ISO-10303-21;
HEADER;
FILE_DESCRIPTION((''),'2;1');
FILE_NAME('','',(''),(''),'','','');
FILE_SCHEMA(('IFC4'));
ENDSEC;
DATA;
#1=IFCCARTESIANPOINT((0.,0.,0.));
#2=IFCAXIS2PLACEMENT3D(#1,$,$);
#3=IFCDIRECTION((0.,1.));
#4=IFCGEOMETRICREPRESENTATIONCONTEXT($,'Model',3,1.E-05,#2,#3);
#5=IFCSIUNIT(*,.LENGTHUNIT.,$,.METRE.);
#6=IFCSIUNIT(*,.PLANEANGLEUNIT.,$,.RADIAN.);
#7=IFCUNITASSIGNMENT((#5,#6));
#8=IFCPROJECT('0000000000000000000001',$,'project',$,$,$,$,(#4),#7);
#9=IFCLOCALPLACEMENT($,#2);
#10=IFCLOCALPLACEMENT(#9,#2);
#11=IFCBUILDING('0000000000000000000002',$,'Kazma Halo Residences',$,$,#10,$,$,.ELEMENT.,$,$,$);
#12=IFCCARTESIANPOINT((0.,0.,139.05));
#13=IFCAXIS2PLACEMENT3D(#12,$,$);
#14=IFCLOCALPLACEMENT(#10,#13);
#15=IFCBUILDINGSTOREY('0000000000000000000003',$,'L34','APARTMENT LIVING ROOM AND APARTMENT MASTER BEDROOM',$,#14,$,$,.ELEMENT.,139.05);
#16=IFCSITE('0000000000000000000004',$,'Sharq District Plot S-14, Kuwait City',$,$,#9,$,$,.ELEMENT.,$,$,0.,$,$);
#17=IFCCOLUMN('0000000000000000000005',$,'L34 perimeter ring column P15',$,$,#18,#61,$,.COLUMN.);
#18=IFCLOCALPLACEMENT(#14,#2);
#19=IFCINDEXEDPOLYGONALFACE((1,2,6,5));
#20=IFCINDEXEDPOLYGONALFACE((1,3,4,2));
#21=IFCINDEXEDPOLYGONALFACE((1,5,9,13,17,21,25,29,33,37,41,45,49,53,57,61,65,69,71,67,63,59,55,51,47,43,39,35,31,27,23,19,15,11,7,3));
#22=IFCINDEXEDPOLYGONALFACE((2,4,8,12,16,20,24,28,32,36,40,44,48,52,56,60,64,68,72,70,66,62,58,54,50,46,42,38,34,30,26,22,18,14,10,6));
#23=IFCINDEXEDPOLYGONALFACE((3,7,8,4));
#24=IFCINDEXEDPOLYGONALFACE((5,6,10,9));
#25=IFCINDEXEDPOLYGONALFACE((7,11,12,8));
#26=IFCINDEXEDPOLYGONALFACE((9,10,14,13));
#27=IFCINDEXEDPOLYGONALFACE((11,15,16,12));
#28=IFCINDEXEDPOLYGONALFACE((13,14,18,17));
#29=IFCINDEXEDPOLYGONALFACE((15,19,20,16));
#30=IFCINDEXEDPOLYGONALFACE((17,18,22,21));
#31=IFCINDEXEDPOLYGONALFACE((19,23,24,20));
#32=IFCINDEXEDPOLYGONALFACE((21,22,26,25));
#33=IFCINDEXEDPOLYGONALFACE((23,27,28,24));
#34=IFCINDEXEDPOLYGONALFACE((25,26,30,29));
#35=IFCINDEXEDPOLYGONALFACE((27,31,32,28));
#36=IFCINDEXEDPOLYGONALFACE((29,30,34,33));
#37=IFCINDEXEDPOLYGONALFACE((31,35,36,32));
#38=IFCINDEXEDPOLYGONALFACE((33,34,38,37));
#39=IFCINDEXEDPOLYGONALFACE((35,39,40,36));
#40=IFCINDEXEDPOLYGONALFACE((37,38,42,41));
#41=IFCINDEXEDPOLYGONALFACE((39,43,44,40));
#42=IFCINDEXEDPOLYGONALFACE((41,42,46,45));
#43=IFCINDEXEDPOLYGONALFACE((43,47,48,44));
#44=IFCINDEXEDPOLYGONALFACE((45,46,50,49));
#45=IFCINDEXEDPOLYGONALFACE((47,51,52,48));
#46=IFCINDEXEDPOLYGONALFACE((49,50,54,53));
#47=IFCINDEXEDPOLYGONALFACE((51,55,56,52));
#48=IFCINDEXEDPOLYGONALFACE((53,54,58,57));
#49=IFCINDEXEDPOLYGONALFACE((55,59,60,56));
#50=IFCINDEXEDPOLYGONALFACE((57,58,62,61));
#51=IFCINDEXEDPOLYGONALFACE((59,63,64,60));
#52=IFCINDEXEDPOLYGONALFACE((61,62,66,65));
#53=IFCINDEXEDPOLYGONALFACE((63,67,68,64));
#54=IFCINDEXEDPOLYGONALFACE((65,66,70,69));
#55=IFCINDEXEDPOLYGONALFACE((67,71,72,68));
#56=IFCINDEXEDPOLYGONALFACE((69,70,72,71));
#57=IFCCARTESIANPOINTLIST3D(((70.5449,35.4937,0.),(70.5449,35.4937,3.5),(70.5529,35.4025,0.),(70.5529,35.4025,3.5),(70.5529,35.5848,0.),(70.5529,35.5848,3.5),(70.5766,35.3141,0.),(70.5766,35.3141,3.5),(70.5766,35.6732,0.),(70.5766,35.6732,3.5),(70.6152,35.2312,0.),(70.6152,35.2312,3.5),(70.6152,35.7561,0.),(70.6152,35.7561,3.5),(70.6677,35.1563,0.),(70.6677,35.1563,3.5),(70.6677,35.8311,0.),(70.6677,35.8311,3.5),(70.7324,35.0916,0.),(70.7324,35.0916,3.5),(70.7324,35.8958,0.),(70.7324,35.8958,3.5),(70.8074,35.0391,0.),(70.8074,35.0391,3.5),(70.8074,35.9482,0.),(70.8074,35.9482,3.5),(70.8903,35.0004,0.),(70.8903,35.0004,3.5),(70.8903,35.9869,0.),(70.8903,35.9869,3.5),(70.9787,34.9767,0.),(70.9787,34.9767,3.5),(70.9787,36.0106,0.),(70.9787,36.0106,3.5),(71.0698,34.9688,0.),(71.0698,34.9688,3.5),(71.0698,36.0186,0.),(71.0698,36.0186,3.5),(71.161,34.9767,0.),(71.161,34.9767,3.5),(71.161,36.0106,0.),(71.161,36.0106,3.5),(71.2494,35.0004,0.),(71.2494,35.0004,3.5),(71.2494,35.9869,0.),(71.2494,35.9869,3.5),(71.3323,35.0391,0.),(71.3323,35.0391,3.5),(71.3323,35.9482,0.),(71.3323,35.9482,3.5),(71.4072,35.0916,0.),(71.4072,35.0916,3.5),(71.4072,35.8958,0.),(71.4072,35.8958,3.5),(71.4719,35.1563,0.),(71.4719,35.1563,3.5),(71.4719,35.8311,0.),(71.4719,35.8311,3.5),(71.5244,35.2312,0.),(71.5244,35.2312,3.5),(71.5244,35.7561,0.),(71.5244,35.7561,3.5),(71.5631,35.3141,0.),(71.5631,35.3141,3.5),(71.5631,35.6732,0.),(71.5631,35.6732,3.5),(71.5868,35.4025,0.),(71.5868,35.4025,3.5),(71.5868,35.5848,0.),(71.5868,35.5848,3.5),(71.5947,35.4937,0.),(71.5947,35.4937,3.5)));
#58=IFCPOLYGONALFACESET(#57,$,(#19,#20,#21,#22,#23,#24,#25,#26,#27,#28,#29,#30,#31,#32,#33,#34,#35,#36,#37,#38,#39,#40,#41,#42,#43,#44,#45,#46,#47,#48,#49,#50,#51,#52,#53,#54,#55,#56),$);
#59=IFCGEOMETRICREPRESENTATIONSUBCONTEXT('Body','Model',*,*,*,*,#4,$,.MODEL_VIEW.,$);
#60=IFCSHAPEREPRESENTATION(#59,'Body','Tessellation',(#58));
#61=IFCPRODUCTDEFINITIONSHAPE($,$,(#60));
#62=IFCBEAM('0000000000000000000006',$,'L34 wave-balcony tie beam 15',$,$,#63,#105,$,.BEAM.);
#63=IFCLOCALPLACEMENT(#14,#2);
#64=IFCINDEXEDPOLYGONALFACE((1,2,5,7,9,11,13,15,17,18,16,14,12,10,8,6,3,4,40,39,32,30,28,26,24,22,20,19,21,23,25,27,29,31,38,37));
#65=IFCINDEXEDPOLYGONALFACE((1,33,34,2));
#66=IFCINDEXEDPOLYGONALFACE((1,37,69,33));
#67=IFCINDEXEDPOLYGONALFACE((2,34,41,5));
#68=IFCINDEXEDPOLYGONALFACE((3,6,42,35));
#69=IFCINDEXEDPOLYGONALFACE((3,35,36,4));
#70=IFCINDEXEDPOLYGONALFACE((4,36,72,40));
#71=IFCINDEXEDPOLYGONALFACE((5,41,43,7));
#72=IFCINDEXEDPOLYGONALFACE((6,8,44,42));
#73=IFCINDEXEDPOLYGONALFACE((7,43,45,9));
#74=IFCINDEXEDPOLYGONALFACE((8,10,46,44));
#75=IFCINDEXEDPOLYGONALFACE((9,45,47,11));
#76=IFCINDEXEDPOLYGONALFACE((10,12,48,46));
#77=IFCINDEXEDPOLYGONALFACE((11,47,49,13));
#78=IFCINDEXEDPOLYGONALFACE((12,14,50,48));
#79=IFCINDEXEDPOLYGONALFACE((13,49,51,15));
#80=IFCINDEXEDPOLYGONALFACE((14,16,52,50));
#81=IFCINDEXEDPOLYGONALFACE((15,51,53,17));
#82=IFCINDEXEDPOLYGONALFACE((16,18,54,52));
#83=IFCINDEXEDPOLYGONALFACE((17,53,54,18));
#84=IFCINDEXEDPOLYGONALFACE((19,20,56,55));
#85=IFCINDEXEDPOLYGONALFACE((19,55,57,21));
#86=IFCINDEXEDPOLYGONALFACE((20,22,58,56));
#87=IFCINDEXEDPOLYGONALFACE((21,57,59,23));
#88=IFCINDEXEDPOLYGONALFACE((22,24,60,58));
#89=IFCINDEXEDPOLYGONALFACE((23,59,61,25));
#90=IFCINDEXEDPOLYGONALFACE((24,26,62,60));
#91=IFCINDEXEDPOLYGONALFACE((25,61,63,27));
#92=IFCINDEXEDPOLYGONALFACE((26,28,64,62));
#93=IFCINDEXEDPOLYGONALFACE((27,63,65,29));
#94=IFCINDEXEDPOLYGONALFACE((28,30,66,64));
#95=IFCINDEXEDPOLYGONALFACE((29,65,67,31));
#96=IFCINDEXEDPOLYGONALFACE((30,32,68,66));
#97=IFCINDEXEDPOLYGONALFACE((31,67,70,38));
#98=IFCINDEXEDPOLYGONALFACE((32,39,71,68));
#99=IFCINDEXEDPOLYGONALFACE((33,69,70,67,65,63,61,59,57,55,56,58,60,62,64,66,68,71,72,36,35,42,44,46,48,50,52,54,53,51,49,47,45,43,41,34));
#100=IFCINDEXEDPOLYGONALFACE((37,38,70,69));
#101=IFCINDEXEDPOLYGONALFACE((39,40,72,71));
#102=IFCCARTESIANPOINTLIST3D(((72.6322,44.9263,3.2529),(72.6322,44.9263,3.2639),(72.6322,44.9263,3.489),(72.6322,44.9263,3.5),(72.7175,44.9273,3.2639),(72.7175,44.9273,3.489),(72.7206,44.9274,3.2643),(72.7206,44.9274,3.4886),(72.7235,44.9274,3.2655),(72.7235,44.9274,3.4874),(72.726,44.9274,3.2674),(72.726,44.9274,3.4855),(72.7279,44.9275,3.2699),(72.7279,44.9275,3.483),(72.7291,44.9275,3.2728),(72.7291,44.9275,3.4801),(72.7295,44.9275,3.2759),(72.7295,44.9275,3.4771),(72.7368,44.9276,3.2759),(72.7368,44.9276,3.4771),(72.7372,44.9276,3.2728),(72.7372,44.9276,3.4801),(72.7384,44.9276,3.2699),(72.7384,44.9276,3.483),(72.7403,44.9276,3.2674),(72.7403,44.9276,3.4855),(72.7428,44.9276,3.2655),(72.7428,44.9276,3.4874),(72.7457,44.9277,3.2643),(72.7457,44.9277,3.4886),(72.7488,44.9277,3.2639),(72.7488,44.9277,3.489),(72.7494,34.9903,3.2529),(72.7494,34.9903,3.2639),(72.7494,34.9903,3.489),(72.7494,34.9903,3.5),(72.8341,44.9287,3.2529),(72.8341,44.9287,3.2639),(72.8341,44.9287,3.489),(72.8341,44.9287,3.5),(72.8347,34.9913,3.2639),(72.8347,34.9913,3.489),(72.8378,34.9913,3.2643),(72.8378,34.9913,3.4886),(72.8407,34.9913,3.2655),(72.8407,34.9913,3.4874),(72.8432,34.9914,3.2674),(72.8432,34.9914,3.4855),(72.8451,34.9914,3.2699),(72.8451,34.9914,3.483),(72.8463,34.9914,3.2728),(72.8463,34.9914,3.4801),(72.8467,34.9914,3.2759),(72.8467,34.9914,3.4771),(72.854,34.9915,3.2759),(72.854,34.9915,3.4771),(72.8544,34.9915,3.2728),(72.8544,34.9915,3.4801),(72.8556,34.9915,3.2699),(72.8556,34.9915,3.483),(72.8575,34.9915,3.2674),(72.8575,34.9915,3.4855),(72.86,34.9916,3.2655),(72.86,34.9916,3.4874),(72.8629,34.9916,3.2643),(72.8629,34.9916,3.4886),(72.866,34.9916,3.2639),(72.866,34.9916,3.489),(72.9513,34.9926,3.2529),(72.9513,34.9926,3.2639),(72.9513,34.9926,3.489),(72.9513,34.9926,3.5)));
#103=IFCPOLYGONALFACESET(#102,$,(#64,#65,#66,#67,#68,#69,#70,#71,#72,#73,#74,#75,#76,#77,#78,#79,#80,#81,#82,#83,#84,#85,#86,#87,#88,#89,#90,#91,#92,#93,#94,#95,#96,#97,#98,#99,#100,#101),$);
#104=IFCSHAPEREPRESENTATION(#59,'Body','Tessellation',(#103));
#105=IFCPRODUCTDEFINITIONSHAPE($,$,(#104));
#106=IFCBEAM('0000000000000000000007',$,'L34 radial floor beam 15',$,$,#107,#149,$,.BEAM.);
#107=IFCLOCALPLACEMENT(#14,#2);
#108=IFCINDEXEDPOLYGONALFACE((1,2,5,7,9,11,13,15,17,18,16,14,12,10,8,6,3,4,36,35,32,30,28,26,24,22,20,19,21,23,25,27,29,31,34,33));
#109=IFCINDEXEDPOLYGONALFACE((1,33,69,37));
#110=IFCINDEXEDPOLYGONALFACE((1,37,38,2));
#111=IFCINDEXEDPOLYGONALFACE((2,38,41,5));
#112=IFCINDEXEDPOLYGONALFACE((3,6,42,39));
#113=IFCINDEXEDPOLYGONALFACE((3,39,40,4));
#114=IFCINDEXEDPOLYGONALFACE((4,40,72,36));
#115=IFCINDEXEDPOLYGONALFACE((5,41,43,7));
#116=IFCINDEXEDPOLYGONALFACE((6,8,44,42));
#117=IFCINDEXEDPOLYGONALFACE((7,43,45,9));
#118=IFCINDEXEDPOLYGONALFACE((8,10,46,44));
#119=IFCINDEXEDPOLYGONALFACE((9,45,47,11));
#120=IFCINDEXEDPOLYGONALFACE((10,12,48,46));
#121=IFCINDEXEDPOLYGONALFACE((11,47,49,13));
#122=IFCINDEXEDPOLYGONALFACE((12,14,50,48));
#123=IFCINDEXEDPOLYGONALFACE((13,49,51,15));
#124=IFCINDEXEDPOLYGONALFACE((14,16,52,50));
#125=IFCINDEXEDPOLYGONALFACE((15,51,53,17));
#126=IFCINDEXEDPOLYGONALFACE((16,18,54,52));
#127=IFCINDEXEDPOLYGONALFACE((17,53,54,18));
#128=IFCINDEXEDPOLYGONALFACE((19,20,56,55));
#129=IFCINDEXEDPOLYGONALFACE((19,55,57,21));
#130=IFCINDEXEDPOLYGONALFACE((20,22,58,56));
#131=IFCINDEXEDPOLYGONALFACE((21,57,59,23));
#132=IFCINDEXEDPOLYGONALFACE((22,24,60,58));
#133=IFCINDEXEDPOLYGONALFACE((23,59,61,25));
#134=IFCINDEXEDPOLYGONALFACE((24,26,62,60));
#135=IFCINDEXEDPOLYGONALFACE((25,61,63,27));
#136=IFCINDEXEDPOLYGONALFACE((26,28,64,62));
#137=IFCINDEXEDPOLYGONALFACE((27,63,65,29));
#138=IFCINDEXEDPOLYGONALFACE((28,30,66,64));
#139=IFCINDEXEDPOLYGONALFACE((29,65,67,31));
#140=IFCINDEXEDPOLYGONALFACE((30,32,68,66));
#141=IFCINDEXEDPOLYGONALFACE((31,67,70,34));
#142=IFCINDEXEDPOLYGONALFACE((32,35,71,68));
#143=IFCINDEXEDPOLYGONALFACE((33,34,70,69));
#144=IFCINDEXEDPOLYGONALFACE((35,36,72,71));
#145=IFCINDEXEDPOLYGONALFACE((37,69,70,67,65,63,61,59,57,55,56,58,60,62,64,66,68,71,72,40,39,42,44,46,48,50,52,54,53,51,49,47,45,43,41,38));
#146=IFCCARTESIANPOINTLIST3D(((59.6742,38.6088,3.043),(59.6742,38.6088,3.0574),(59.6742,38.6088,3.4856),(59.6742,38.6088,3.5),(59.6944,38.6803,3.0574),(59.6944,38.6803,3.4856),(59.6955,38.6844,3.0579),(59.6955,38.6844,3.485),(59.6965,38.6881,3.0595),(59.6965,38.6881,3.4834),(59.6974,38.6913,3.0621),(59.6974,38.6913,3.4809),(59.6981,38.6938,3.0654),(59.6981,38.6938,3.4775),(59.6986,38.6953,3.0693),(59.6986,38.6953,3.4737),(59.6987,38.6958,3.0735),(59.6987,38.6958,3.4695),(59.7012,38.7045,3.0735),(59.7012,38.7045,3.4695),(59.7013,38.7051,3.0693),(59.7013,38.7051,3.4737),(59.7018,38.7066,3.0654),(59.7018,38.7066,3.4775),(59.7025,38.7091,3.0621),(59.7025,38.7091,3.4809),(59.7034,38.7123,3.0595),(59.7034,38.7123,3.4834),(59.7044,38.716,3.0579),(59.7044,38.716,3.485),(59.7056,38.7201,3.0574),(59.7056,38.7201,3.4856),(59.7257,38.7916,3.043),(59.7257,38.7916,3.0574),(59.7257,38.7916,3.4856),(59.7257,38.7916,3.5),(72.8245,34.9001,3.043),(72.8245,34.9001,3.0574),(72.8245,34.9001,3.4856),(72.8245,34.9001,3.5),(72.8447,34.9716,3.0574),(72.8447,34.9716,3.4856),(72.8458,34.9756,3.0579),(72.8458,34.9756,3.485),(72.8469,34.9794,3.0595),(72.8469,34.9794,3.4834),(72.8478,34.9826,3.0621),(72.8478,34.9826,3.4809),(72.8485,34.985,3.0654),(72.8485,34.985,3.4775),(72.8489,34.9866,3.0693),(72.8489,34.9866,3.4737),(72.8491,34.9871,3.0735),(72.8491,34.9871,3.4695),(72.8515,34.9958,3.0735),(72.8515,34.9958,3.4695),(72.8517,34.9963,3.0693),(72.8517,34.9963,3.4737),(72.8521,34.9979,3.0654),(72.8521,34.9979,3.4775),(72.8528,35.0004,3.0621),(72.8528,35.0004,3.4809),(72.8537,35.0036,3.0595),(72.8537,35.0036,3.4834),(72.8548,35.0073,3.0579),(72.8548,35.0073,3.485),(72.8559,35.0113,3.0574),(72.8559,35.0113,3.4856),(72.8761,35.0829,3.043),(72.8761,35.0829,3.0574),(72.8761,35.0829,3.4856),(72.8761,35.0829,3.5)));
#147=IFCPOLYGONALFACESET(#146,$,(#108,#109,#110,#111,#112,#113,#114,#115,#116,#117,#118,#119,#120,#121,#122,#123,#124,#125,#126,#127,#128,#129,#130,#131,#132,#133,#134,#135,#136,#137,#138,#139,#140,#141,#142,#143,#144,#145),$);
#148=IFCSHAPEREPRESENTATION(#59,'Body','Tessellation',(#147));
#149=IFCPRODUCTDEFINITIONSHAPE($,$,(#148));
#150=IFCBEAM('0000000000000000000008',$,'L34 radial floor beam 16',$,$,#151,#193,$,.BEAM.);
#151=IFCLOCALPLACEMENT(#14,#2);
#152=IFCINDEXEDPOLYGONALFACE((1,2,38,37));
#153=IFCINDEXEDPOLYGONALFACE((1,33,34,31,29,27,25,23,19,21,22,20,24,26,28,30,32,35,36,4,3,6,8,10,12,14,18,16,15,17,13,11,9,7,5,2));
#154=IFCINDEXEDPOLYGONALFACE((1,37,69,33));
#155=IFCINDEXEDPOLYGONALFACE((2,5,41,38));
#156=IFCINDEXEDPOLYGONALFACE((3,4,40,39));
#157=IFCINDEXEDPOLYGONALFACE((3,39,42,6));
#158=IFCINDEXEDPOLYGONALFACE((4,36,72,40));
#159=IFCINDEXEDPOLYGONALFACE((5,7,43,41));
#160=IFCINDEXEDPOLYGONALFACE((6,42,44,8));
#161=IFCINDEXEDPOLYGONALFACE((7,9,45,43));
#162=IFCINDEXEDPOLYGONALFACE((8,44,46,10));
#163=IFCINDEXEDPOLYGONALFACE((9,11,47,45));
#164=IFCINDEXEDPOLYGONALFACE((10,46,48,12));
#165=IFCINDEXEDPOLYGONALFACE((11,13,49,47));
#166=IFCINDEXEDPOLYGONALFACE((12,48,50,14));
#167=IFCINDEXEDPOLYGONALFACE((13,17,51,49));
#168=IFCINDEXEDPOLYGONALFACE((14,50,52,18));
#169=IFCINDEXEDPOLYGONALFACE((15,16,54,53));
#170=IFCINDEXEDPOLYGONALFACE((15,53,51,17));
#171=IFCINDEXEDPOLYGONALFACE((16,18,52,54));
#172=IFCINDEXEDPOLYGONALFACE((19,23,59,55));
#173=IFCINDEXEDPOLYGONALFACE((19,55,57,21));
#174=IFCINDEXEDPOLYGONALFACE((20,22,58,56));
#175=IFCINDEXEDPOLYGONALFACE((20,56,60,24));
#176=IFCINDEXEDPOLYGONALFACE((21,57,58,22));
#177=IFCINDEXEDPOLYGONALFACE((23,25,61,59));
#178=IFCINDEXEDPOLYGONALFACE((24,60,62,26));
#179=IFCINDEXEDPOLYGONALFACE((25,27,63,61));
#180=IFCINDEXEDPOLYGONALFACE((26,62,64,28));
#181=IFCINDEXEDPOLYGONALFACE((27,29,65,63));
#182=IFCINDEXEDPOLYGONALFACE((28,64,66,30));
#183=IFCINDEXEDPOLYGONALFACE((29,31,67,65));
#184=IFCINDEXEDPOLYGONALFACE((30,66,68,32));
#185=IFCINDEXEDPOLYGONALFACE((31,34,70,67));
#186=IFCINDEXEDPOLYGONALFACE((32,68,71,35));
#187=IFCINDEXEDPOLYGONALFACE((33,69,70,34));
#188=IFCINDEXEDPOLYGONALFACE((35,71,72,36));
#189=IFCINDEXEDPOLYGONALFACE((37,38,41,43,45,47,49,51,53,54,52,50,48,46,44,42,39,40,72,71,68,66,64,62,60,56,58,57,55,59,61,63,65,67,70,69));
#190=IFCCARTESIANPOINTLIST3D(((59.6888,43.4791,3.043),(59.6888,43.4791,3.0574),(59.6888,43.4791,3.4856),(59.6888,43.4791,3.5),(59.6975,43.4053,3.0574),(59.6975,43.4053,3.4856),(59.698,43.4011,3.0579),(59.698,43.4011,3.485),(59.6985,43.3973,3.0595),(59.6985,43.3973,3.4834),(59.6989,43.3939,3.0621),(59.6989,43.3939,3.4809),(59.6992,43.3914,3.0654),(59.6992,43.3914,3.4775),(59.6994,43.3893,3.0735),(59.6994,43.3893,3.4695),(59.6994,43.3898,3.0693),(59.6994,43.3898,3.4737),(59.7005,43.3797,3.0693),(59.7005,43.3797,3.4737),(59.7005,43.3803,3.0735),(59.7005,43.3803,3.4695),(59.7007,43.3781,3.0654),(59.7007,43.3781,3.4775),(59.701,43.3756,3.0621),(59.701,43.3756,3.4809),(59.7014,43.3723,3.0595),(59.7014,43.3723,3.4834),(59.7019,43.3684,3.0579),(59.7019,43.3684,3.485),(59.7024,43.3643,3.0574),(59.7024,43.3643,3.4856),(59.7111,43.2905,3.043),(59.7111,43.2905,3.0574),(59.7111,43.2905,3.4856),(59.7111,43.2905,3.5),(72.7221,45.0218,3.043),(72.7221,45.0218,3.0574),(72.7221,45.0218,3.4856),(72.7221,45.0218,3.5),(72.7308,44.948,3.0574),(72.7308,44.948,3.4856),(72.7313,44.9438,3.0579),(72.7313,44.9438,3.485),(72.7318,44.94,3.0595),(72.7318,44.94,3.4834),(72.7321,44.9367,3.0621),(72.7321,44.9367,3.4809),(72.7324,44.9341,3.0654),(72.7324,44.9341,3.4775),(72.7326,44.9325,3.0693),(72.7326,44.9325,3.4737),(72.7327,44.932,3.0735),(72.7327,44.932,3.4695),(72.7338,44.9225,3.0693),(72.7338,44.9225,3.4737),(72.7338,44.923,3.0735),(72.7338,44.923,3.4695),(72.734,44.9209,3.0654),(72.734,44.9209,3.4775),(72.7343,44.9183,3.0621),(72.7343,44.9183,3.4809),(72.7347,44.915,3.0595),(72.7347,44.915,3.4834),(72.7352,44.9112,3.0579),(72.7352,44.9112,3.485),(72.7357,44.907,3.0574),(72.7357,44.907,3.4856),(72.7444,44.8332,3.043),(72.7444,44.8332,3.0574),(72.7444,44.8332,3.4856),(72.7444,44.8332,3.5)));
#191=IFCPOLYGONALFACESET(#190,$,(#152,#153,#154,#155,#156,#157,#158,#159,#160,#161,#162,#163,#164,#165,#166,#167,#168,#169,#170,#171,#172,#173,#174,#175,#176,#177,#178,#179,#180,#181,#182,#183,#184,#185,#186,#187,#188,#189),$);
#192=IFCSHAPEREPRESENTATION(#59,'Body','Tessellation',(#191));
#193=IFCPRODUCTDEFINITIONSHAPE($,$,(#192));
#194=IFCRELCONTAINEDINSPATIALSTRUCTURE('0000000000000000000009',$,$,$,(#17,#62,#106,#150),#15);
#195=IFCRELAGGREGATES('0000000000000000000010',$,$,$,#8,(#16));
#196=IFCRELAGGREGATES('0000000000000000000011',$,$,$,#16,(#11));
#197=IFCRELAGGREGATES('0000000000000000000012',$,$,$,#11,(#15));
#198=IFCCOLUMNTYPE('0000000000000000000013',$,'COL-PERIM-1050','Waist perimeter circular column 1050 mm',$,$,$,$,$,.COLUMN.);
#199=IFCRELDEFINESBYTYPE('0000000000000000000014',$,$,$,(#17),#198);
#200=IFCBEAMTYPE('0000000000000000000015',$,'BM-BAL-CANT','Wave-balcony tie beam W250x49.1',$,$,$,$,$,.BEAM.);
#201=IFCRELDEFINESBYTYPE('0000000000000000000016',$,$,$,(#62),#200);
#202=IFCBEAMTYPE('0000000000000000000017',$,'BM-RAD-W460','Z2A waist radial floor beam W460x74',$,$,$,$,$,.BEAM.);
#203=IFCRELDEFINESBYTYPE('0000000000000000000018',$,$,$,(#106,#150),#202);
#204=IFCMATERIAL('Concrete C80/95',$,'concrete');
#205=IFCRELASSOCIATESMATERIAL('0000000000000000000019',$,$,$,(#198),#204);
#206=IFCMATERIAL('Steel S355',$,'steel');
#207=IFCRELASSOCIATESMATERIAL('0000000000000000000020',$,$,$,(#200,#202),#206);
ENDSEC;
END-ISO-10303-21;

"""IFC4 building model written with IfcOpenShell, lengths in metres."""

from ifc_helpers import new_model, si_unit, direction, frame, origin, origin_2d, place, context, subcontext, project, spatial, circle, i_section, extrude, material, material_profile, profile_set, type_object, element, save


model = new_model("IFC4")

# Units and contexts
model_context = context("Model", 3, precision=1e-05, world=origin(), true_north=direction((0.0, 1.0)))
body_context = subcontext(model_context, "Body", "Model", "MODEL_VIEW")
ifc_project = project(units=[si_unit("LENGTHUNIT", "METRE"), si_unit("PLANEANGLEUNIT", "RADIAN")], contexts=[model_context])

# Site, building, storey
site_placement = place(None, origin())
site = spatial("IfcSite", under=ifc_project, at=site_placement, Name="Sharq District Plot S-14, Kuwait City", CompositionType="ELEMENT", RefElevation=0.0)
building_placement = place(site_placement, origin())
building = spatial("IfcBuilding", under=site, at=building_placement, Name="Kazma Halo Residences", CompositionType="ELEMENT")
storey_placement = place(building_placement, frame((0.0, 0.0, 139.05)))
storey = spatial("IfcBuildingStorey", under=building, at=storey_placement, Name="L34", Description="APARTMENT LIVING ROOM AND APARTMENT MASTER BEDROOM", CompositionType="ELEMENT", Elevation=139.05)

# Column
ifc_material_1 = material(Name="Concrete C80/95", Category="concrete")
ifc_material_profile_1 = material_profile(ifc_material_1, circle(Radius=0.5249, at=origin_2d()), Name="CIRC1050")
ifc_profile_set_1 = profile_set([ifc_material_profile_1], Name="Concrete C80/95")
column_type = type_object("IfcColumnType", Name="COL-PERIM-1050", Description="Waist perimeter circular column 1050 mm", PredefinedType="COLUMN", material=ifc_profile_set_1)
column_placement = place(storey_placement, frame((71.0698, 35.4937, 0.0), z_axis=(0.0, 0.0, 1.0), x_axis=(1.0, 0.0, 0.0)))
element("IfcColumn", 1, at=column_placement, inside=storey, type_object=column_type, Name="L34 perimeter ring column P15", PredefinedType="COLUMN", context=body_context, shape_type="SweptSolid", body=[
    extrude(circle(Radius=0.5249, at=origin_2d()), origin(), (0.0, 0.0, 1.0), 3.5),
])

# Beams
ifc_material_2 = material(Name="Steel S355", Category="steel")
ifc_material_profile_2 = material_profile(ifc_material_2, i_section(OverallWidth=0.2019, OverallDepth=0.2471, WebThickness=0.0073, FlangeThickness=0.011, FilletRadius=0.012, at=origin_2d()), Name="W250x49.1")
ifc_profile_set_2 = profile_set([ifc_material_profile_2], Name="Steel S355")
beam_type_1 = type_object("IfcBeamType", Name="BM-BAL-CANT", Description="Wave-balcony tie beam W250x49.1", PredefinedType="BEAM", material=ifc_profile_set_2)
beam_1_placement = place(storey_placement, frame((72.8503, 34.9915, 3.3765), z_axis=(-0.011793, 0.99993, 0.0), x_axis=(-0.99993, -0.011793, 0.0)))
element("IfcBeam", 2, at=beam_1_placement, inside=storey, type_object=beam_type_1, Name="L34 wave-balcony tie beam 15", PredefinedType="BEAM", context=body_context, shape_type="SweptSolid", body=[
    extrude(i_section(OverallWidth=0.2019, OverallDepth=0.2471, WebThickness=0.0073, FlangeThickness=0.011, FilletRadius=0.012, at=origin_2d()), origin(), (0.0, 0.0, 1.0), 9.9368),
])
ifc_material_profile_3 = material_profile(ifc_material_2, i_section(OverallWidth=0.1899, OverallDepth=0.457, WebThickness=0.009, FlangeThickness=0.0144, FilletRadius=0.0161, at=origin_2d()), Name="W460x74")
ifc_profile_set_3 = profile_set([ifc_material_profile_3], Name="Steel S355")
beam_type_2 = type_object("IfcBeamType", Name="BM-RAD-W460", Description="Z2A waist radial floor beam W460x74", PredefinedType="BEAM", material=ifc_profile_set_3)
beam_2_placement = place(storey_placement, frame((59.7, 38.7002, 3.2715), z_axis=(0.962456, -0.271437, 0.0), x_axis=(0.271437, 0.962456, 0.0)))
element("IfcBeam", 3, at=beam_2_placement, inside=storey, type_object=beam_type_2, Name="L34 radial floor beam 15", PredefinedType="BEAM", context=body_context, shape_type="SweptSolid", body=[
    extrude(i_section(OverallWidth=0.1899, OverallDepth=0.457, WebThickness=0.009, FlangeThickness=0.0144, FilletRadius=0.0161, at=origin_2d()), origin(), (0.0, 0.0, 1.0), 13.6633),
])
beam_3_placement = place(storey_placement, frame((59.7, 43.3848, 3.2715), z_axis=(0.993067, 0.117548, 0.0), x_axis=(-0.117548, 0.993067, 0.0)))
element("IfcBeam", 4, at=beam_3_placement, inside=storey, type_object=beam_type_2, Name="L34 radial floor beam 16", PredefinedType="BEAM", context=body_context, shape_type="SweptSolid", body=[
    extrude(i_section(OverallWidth=0.1899, OverallDepth=0.457, WebThickness=0.009, FlangeThickness=0.0144, FilletRadius=0.0161, at=origin_2d()), origin(), (0.0, 0.0, 1.0), 13.1243),
])

save(model, "model.ifc")
